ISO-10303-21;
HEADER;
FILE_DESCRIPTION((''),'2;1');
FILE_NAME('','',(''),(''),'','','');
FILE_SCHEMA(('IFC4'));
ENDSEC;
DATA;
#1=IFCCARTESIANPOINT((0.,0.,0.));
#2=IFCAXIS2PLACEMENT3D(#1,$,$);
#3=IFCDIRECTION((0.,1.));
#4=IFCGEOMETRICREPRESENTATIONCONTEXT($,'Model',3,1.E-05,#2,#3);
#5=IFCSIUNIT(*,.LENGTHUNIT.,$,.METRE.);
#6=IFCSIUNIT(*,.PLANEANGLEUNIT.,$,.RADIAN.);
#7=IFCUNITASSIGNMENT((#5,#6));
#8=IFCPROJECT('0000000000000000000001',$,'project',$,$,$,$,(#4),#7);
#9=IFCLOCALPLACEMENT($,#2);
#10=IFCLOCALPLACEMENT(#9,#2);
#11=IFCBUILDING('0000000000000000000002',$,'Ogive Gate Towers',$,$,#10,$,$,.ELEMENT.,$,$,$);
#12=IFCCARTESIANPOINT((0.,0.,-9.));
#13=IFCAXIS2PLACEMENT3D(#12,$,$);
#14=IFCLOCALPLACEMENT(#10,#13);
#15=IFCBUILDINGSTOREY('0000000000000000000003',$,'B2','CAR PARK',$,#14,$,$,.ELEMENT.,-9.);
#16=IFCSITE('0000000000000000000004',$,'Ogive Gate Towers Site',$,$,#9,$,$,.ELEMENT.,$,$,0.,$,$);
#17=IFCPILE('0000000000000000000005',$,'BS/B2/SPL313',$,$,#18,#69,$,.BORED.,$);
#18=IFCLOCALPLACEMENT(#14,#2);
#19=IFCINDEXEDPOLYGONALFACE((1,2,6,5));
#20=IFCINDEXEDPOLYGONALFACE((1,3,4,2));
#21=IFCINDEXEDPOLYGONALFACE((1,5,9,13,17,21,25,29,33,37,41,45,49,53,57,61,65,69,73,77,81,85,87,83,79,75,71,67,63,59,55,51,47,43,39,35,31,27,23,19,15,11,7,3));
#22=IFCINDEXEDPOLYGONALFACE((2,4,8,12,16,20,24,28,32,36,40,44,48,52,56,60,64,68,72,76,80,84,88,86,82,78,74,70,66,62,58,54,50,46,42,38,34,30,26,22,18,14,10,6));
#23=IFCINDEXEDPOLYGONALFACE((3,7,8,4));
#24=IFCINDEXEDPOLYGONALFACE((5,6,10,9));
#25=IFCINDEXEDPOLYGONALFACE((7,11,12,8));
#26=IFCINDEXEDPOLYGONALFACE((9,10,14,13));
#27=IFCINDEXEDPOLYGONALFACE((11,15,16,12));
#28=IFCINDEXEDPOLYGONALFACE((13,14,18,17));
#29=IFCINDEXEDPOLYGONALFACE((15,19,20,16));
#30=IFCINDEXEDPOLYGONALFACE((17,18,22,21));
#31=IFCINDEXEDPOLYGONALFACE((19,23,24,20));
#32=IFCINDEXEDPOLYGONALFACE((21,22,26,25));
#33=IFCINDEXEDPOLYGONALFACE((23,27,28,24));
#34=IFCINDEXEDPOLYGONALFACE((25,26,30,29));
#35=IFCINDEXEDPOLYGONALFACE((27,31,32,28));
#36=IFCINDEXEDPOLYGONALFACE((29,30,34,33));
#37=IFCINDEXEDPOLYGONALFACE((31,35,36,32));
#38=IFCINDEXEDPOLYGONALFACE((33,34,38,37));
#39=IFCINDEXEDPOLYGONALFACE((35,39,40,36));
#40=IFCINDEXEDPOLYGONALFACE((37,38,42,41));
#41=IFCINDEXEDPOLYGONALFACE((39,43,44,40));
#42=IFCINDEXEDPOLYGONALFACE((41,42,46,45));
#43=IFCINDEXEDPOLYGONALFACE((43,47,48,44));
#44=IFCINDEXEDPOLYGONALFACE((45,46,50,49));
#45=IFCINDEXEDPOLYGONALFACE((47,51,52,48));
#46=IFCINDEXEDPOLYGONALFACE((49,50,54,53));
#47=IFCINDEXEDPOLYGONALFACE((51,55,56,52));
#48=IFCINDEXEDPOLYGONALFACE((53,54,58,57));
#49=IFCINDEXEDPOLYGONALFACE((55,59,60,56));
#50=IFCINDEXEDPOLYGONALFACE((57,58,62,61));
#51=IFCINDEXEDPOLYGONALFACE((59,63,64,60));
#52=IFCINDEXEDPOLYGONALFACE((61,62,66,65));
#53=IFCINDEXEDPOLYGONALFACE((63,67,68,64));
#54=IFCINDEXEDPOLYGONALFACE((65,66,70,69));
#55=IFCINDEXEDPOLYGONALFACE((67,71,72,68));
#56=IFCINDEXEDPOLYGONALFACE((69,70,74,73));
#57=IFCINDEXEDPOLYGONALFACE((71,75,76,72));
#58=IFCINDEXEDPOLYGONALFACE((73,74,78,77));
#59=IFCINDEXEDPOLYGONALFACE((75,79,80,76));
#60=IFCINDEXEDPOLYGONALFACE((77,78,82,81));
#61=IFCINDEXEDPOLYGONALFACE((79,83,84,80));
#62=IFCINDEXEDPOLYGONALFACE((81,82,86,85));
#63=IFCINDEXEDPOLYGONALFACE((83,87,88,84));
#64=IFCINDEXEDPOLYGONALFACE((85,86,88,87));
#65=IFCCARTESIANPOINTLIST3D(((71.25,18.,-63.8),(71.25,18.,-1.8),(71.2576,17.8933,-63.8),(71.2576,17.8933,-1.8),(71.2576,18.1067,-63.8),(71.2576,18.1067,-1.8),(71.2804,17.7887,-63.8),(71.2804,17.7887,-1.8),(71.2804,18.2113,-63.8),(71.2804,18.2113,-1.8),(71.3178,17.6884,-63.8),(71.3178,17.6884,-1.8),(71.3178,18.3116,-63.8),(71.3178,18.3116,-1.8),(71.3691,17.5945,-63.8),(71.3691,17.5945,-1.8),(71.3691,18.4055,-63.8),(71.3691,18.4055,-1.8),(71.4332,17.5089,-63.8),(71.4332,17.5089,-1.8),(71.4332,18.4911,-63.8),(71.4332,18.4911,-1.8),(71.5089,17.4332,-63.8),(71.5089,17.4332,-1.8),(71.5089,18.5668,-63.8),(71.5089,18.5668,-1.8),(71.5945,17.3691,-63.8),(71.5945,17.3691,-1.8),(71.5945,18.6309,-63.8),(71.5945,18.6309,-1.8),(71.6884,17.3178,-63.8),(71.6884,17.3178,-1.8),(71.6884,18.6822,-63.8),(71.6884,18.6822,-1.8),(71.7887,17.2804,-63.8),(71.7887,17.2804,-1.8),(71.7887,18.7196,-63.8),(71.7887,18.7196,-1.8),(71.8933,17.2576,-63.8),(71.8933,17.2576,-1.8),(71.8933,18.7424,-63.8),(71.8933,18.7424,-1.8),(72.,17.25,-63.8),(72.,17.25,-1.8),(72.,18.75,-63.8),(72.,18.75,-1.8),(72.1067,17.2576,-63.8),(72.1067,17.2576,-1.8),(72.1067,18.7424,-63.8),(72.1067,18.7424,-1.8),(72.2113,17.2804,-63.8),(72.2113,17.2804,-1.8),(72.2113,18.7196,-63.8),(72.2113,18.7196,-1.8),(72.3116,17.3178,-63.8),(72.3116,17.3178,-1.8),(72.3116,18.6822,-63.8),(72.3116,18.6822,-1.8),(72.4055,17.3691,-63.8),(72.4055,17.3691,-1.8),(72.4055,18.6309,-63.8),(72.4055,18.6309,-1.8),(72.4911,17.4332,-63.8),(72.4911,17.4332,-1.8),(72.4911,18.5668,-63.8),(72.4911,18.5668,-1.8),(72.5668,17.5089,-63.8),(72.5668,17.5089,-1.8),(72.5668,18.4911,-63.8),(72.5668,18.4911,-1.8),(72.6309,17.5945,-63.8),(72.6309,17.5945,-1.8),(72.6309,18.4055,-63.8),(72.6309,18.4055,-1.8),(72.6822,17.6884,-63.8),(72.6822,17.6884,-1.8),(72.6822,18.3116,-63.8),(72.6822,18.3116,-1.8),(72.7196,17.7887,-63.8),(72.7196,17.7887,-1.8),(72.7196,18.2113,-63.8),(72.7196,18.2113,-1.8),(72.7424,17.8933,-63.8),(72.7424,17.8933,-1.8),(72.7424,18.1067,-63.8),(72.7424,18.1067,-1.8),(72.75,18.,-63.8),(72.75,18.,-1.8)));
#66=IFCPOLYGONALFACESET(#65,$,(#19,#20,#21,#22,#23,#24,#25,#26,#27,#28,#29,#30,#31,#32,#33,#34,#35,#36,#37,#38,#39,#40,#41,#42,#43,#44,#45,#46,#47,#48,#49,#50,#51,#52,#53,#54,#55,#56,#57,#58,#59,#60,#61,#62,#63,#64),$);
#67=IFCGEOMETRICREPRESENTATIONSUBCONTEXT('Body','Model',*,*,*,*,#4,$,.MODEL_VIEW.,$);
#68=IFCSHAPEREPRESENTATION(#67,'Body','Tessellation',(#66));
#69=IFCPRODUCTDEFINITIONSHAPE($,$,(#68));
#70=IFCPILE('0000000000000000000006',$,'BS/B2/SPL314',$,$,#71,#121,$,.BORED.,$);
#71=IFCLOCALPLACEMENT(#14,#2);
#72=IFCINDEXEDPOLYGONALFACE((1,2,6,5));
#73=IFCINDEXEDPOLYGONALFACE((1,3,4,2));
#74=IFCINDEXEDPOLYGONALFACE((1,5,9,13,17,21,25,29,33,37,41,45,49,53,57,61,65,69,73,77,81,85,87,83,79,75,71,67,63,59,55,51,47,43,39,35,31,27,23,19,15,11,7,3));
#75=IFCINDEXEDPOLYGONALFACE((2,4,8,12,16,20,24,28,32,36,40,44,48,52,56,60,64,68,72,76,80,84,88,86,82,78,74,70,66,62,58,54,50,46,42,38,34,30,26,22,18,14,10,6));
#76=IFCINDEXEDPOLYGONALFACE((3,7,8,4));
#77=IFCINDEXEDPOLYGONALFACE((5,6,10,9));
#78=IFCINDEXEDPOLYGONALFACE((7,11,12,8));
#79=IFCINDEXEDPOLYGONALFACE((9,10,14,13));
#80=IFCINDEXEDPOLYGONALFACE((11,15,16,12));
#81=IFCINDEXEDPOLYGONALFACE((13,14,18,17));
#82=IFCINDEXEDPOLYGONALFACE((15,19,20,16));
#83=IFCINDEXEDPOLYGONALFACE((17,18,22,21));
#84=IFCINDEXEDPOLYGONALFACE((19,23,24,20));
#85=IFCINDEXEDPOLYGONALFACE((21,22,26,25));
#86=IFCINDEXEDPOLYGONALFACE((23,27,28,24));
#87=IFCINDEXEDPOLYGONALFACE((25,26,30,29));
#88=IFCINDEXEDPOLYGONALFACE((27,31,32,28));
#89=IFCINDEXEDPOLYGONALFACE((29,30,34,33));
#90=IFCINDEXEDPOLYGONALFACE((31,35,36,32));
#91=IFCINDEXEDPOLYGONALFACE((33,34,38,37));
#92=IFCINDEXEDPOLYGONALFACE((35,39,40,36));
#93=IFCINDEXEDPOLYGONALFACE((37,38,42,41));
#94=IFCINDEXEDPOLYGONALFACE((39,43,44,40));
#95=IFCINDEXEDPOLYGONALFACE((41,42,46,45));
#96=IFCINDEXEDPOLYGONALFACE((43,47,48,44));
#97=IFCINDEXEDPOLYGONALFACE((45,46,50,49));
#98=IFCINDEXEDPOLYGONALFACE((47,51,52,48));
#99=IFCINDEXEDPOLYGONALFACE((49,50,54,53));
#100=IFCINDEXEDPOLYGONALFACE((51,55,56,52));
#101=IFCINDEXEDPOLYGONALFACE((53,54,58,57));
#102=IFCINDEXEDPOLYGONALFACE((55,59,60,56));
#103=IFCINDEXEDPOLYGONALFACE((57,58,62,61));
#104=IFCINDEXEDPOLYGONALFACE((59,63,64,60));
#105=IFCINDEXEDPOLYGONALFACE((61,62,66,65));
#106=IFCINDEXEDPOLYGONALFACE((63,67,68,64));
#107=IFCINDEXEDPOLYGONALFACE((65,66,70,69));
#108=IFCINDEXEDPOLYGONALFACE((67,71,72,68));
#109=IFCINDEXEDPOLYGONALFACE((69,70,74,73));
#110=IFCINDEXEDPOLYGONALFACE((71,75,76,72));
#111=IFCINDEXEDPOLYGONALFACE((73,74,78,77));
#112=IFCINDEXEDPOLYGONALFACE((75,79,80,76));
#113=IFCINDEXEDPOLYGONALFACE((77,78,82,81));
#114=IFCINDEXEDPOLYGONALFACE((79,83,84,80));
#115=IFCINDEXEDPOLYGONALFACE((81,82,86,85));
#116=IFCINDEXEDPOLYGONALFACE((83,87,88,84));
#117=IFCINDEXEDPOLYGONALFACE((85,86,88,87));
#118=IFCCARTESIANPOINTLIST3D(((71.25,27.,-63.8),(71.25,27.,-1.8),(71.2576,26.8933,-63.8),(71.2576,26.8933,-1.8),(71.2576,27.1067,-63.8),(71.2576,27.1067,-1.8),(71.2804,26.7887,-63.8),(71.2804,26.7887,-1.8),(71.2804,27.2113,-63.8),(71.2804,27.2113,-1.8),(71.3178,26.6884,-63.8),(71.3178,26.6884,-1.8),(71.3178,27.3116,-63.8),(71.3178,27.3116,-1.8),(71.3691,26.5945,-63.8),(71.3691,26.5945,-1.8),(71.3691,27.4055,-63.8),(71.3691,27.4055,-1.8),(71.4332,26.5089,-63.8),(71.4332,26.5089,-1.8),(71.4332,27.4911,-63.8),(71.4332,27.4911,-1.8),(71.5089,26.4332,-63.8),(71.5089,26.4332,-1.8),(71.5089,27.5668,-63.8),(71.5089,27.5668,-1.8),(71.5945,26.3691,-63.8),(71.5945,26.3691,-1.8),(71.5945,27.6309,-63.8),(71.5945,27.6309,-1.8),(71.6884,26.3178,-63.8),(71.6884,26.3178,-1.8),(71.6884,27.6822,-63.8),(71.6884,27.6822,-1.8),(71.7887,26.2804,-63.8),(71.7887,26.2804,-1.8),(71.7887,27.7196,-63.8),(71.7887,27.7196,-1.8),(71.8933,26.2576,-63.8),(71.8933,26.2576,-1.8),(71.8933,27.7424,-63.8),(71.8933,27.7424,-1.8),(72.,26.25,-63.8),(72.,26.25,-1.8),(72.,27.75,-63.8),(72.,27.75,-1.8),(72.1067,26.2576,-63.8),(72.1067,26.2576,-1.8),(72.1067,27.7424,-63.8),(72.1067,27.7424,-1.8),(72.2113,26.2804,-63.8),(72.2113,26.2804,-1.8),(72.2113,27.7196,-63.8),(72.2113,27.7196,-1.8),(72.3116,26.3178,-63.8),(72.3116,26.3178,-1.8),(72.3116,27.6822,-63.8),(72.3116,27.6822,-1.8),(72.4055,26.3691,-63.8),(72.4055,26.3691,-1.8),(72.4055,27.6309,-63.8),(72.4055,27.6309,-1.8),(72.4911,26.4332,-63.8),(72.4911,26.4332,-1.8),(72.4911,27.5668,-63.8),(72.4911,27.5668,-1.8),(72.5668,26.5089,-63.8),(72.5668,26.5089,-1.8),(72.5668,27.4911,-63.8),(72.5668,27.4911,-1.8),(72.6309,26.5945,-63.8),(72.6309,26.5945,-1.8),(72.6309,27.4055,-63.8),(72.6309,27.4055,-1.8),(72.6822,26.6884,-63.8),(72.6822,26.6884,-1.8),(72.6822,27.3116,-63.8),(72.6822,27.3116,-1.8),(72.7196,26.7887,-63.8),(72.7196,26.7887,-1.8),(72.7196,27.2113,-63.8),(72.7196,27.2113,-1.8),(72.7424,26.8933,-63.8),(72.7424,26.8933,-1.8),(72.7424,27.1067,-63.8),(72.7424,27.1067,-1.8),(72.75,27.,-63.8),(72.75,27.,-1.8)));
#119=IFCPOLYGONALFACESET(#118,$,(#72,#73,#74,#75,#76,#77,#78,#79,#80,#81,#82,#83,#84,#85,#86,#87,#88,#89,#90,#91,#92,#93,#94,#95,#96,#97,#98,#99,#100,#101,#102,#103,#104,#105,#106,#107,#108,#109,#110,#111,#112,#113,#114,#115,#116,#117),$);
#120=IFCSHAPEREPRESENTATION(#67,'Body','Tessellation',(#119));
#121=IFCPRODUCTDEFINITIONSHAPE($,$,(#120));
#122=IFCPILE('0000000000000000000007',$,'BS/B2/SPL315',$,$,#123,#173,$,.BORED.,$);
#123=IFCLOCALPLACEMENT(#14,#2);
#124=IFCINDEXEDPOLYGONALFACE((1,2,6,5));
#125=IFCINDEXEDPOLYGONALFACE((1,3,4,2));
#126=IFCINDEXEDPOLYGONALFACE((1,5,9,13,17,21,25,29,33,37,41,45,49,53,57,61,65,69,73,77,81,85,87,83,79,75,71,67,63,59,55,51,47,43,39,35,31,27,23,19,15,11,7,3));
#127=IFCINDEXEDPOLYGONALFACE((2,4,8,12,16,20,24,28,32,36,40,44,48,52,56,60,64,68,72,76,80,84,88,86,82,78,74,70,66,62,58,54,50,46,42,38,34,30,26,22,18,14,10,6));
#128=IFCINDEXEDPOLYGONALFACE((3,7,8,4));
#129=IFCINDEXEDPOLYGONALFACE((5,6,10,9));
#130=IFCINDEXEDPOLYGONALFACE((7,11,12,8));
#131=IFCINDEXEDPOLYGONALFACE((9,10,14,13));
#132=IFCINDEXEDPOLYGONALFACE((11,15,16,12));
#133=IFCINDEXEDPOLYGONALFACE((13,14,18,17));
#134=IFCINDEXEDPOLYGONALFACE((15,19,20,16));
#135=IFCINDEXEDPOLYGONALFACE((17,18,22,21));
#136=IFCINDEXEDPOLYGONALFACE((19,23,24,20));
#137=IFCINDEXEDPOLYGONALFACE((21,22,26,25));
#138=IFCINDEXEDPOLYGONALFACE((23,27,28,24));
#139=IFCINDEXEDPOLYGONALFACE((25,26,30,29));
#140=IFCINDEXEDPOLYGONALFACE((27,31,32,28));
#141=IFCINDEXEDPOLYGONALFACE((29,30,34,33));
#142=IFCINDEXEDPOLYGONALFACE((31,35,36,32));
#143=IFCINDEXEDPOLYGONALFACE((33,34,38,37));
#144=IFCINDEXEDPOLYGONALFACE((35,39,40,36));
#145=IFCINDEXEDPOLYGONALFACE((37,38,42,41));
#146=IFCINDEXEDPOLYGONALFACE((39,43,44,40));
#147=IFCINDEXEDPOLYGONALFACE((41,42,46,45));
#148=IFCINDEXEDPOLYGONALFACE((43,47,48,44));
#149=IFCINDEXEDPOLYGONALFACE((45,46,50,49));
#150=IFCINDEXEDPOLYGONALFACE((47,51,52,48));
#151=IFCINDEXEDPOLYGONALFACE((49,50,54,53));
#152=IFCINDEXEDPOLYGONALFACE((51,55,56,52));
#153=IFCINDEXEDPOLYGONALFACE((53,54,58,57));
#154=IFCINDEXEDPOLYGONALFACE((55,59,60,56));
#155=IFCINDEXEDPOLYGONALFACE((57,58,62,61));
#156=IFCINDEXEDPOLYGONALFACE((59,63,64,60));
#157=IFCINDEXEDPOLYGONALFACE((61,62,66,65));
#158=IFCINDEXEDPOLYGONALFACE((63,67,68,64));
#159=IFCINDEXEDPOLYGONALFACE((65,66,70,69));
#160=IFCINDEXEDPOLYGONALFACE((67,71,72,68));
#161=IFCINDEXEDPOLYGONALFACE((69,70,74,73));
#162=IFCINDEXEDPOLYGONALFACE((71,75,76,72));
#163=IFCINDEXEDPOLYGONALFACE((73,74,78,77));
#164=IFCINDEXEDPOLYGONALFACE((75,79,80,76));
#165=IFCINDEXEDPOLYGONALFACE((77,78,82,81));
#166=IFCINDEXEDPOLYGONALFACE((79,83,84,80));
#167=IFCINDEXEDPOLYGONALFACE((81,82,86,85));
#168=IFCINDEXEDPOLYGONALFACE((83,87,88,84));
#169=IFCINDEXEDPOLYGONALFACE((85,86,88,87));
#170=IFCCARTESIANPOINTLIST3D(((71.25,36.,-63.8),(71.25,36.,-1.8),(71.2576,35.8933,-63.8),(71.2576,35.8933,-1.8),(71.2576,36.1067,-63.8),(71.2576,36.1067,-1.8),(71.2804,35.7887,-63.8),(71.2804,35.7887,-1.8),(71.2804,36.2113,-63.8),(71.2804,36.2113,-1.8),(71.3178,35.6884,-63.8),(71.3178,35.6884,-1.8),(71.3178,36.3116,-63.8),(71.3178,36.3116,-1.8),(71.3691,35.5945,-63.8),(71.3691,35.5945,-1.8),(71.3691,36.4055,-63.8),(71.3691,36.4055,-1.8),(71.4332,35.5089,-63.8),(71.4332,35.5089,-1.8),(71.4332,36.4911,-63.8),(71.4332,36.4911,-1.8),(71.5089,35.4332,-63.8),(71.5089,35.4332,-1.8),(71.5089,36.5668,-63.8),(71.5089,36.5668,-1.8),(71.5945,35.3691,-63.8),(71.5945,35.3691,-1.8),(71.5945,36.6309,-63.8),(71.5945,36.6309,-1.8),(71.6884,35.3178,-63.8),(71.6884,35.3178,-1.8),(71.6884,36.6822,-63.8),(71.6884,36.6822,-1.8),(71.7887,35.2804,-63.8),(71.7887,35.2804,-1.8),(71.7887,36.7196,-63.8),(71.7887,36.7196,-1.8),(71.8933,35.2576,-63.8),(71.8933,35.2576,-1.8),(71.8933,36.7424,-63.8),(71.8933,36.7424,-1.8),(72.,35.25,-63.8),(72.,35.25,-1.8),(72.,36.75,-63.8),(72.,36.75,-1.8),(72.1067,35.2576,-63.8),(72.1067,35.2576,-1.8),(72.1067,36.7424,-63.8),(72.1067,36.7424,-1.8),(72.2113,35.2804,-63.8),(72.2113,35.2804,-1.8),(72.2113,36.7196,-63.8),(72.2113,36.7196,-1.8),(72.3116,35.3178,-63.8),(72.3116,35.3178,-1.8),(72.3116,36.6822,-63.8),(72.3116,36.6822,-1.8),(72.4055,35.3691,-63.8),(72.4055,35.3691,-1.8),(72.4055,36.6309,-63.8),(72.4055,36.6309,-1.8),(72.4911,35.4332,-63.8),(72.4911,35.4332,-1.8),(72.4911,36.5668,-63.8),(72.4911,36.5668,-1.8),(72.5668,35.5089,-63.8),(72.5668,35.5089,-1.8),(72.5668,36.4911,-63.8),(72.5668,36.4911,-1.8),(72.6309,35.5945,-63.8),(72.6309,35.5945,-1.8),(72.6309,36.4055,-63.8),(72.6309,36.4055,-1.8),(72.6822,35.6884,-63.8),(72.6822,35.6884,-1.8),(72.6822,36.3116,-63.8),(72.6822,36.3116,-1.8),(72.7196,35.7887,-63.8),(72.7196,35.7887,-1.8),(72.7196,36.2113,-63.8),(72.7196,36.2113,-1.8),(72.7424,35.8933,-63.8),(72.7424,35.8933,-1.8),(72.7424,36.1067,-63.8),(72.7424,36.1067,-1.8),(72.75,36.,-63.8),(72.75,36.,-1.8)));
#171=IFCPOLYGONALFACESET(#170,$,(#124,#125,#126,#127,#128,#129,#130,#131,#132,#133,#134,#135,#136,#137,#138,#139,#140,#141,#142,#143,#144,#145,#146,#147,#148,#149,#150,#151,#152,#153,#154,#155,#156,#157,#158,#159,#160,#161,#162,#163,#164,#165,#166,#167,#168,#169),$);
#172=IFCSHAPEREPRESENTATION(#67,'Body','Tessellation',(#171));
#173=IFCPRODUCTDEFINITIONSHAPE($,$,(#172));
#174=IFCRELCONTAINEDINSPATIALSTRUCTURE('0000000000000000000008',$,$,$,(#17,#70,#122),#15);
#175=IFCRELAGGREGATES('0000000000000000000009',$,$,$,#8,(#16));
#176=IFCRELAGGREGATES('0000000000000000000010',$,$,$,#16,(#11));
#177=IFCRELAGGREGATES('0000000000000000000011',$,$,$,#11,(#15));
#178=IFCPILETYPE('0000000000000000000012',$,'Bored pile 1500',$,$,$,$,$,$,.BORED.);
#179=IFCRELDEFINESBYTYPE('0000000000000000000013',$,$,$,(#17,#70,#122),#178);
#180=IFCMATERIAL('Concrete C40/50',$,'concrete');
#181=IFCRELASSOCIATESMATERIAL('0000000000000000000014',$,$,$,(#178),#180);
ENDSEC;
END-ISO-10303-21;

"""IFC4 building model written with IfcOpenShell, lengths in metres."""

from ifc_helpers import new_model, si_unit, direction, frame, origin, origin_2d, place, context, subcontext, project, spatial, circle, extrude, material, material_profile, profile_set, type_object, element, save


model = new_model("IFC4")

# Units and contexts
model_context = context("Model", 3, precision=1e-05, world=origin(), true_north=direction((0.0, 1.0)))
body_context = subcontext(model_context, "Body", "Model", "MODEL_VIEW")
ifc_project = project(units=[si_unit("LENGTHUNIT", "METRE"), si_unit("PLANEANGLEUNIT", "RADIAN")], contexts=[model_context])

# Site, building, storey
site_placement = place(None, origin())
site = spatial("IfcSite", under=ifc_project, at=site_placement, Name="Ogive Gate Towers Site", CompositionType="ELEMENT", RefElevation=0.0)
building_placement = place(site_placement, origin())
building = spatial("IfcBuilding", under=site, at=building_placement, Name="Ogive Gate Towers", CompositionType="ELEMENT")
storey_placement = place(building_placement, frame((0.0, 0.0, -9.0)))
storey = spatial("IfcBuildingStorey", under=building, at=storey_placement, Name="B2", Description="CAR PARK", CompositionType="ELEMENT", Elevation=-9.0)

# Piles
ifc_material_1 = material(Name="Concrete C40/50", Category="concrete")
ifc_material_profile_1 = material_profile(ifc_material_1, circle(Radius=0.75, at=origin_2d()), Name="BP 1500")
ifc_profile_set_1 = profile_set([ifc_material_profile_1], Name="Concrete C40/50")
pile_type = type_object("IfcPileType", Name="Bored pile 1500", PredefinedType="BORED", material=ifc_profile_set_1)
for number, where, z_axis, x_axis, name in (
    (1, (72.0, 18.0, -1.8), (0.0, 0.0, -1.0), (1.0, 0.0, 0.0), "BS/B2/SPL313"),
    (2, (72.0, 27.0, -1.8), (0.0, 0.0, -1.0), (1.0, 0.0, 0.0), "BS/B2/SPL314"),
    (3, (72.0, 36.0, -1.8), (0.0, 0.0, -1.0), (1.0, 0.0, 0.0), "BS/B2/SPL315"),
):
    element("IfcPile", number, at=place(storey_placement, frame(where, z_axis=z_axis, x_axis=x_axis)), inside=storey, type_object=pile_type, Name=name, PredefinedType="BORED", context=body_context, shape_type="SweptSolid", body=[
        extrude(circle(Radius=0.75, at=origin_2d()), origin(), (0.0, 0.0, 1.0), 62.0),
    ])

save(model, "model.ifc")
